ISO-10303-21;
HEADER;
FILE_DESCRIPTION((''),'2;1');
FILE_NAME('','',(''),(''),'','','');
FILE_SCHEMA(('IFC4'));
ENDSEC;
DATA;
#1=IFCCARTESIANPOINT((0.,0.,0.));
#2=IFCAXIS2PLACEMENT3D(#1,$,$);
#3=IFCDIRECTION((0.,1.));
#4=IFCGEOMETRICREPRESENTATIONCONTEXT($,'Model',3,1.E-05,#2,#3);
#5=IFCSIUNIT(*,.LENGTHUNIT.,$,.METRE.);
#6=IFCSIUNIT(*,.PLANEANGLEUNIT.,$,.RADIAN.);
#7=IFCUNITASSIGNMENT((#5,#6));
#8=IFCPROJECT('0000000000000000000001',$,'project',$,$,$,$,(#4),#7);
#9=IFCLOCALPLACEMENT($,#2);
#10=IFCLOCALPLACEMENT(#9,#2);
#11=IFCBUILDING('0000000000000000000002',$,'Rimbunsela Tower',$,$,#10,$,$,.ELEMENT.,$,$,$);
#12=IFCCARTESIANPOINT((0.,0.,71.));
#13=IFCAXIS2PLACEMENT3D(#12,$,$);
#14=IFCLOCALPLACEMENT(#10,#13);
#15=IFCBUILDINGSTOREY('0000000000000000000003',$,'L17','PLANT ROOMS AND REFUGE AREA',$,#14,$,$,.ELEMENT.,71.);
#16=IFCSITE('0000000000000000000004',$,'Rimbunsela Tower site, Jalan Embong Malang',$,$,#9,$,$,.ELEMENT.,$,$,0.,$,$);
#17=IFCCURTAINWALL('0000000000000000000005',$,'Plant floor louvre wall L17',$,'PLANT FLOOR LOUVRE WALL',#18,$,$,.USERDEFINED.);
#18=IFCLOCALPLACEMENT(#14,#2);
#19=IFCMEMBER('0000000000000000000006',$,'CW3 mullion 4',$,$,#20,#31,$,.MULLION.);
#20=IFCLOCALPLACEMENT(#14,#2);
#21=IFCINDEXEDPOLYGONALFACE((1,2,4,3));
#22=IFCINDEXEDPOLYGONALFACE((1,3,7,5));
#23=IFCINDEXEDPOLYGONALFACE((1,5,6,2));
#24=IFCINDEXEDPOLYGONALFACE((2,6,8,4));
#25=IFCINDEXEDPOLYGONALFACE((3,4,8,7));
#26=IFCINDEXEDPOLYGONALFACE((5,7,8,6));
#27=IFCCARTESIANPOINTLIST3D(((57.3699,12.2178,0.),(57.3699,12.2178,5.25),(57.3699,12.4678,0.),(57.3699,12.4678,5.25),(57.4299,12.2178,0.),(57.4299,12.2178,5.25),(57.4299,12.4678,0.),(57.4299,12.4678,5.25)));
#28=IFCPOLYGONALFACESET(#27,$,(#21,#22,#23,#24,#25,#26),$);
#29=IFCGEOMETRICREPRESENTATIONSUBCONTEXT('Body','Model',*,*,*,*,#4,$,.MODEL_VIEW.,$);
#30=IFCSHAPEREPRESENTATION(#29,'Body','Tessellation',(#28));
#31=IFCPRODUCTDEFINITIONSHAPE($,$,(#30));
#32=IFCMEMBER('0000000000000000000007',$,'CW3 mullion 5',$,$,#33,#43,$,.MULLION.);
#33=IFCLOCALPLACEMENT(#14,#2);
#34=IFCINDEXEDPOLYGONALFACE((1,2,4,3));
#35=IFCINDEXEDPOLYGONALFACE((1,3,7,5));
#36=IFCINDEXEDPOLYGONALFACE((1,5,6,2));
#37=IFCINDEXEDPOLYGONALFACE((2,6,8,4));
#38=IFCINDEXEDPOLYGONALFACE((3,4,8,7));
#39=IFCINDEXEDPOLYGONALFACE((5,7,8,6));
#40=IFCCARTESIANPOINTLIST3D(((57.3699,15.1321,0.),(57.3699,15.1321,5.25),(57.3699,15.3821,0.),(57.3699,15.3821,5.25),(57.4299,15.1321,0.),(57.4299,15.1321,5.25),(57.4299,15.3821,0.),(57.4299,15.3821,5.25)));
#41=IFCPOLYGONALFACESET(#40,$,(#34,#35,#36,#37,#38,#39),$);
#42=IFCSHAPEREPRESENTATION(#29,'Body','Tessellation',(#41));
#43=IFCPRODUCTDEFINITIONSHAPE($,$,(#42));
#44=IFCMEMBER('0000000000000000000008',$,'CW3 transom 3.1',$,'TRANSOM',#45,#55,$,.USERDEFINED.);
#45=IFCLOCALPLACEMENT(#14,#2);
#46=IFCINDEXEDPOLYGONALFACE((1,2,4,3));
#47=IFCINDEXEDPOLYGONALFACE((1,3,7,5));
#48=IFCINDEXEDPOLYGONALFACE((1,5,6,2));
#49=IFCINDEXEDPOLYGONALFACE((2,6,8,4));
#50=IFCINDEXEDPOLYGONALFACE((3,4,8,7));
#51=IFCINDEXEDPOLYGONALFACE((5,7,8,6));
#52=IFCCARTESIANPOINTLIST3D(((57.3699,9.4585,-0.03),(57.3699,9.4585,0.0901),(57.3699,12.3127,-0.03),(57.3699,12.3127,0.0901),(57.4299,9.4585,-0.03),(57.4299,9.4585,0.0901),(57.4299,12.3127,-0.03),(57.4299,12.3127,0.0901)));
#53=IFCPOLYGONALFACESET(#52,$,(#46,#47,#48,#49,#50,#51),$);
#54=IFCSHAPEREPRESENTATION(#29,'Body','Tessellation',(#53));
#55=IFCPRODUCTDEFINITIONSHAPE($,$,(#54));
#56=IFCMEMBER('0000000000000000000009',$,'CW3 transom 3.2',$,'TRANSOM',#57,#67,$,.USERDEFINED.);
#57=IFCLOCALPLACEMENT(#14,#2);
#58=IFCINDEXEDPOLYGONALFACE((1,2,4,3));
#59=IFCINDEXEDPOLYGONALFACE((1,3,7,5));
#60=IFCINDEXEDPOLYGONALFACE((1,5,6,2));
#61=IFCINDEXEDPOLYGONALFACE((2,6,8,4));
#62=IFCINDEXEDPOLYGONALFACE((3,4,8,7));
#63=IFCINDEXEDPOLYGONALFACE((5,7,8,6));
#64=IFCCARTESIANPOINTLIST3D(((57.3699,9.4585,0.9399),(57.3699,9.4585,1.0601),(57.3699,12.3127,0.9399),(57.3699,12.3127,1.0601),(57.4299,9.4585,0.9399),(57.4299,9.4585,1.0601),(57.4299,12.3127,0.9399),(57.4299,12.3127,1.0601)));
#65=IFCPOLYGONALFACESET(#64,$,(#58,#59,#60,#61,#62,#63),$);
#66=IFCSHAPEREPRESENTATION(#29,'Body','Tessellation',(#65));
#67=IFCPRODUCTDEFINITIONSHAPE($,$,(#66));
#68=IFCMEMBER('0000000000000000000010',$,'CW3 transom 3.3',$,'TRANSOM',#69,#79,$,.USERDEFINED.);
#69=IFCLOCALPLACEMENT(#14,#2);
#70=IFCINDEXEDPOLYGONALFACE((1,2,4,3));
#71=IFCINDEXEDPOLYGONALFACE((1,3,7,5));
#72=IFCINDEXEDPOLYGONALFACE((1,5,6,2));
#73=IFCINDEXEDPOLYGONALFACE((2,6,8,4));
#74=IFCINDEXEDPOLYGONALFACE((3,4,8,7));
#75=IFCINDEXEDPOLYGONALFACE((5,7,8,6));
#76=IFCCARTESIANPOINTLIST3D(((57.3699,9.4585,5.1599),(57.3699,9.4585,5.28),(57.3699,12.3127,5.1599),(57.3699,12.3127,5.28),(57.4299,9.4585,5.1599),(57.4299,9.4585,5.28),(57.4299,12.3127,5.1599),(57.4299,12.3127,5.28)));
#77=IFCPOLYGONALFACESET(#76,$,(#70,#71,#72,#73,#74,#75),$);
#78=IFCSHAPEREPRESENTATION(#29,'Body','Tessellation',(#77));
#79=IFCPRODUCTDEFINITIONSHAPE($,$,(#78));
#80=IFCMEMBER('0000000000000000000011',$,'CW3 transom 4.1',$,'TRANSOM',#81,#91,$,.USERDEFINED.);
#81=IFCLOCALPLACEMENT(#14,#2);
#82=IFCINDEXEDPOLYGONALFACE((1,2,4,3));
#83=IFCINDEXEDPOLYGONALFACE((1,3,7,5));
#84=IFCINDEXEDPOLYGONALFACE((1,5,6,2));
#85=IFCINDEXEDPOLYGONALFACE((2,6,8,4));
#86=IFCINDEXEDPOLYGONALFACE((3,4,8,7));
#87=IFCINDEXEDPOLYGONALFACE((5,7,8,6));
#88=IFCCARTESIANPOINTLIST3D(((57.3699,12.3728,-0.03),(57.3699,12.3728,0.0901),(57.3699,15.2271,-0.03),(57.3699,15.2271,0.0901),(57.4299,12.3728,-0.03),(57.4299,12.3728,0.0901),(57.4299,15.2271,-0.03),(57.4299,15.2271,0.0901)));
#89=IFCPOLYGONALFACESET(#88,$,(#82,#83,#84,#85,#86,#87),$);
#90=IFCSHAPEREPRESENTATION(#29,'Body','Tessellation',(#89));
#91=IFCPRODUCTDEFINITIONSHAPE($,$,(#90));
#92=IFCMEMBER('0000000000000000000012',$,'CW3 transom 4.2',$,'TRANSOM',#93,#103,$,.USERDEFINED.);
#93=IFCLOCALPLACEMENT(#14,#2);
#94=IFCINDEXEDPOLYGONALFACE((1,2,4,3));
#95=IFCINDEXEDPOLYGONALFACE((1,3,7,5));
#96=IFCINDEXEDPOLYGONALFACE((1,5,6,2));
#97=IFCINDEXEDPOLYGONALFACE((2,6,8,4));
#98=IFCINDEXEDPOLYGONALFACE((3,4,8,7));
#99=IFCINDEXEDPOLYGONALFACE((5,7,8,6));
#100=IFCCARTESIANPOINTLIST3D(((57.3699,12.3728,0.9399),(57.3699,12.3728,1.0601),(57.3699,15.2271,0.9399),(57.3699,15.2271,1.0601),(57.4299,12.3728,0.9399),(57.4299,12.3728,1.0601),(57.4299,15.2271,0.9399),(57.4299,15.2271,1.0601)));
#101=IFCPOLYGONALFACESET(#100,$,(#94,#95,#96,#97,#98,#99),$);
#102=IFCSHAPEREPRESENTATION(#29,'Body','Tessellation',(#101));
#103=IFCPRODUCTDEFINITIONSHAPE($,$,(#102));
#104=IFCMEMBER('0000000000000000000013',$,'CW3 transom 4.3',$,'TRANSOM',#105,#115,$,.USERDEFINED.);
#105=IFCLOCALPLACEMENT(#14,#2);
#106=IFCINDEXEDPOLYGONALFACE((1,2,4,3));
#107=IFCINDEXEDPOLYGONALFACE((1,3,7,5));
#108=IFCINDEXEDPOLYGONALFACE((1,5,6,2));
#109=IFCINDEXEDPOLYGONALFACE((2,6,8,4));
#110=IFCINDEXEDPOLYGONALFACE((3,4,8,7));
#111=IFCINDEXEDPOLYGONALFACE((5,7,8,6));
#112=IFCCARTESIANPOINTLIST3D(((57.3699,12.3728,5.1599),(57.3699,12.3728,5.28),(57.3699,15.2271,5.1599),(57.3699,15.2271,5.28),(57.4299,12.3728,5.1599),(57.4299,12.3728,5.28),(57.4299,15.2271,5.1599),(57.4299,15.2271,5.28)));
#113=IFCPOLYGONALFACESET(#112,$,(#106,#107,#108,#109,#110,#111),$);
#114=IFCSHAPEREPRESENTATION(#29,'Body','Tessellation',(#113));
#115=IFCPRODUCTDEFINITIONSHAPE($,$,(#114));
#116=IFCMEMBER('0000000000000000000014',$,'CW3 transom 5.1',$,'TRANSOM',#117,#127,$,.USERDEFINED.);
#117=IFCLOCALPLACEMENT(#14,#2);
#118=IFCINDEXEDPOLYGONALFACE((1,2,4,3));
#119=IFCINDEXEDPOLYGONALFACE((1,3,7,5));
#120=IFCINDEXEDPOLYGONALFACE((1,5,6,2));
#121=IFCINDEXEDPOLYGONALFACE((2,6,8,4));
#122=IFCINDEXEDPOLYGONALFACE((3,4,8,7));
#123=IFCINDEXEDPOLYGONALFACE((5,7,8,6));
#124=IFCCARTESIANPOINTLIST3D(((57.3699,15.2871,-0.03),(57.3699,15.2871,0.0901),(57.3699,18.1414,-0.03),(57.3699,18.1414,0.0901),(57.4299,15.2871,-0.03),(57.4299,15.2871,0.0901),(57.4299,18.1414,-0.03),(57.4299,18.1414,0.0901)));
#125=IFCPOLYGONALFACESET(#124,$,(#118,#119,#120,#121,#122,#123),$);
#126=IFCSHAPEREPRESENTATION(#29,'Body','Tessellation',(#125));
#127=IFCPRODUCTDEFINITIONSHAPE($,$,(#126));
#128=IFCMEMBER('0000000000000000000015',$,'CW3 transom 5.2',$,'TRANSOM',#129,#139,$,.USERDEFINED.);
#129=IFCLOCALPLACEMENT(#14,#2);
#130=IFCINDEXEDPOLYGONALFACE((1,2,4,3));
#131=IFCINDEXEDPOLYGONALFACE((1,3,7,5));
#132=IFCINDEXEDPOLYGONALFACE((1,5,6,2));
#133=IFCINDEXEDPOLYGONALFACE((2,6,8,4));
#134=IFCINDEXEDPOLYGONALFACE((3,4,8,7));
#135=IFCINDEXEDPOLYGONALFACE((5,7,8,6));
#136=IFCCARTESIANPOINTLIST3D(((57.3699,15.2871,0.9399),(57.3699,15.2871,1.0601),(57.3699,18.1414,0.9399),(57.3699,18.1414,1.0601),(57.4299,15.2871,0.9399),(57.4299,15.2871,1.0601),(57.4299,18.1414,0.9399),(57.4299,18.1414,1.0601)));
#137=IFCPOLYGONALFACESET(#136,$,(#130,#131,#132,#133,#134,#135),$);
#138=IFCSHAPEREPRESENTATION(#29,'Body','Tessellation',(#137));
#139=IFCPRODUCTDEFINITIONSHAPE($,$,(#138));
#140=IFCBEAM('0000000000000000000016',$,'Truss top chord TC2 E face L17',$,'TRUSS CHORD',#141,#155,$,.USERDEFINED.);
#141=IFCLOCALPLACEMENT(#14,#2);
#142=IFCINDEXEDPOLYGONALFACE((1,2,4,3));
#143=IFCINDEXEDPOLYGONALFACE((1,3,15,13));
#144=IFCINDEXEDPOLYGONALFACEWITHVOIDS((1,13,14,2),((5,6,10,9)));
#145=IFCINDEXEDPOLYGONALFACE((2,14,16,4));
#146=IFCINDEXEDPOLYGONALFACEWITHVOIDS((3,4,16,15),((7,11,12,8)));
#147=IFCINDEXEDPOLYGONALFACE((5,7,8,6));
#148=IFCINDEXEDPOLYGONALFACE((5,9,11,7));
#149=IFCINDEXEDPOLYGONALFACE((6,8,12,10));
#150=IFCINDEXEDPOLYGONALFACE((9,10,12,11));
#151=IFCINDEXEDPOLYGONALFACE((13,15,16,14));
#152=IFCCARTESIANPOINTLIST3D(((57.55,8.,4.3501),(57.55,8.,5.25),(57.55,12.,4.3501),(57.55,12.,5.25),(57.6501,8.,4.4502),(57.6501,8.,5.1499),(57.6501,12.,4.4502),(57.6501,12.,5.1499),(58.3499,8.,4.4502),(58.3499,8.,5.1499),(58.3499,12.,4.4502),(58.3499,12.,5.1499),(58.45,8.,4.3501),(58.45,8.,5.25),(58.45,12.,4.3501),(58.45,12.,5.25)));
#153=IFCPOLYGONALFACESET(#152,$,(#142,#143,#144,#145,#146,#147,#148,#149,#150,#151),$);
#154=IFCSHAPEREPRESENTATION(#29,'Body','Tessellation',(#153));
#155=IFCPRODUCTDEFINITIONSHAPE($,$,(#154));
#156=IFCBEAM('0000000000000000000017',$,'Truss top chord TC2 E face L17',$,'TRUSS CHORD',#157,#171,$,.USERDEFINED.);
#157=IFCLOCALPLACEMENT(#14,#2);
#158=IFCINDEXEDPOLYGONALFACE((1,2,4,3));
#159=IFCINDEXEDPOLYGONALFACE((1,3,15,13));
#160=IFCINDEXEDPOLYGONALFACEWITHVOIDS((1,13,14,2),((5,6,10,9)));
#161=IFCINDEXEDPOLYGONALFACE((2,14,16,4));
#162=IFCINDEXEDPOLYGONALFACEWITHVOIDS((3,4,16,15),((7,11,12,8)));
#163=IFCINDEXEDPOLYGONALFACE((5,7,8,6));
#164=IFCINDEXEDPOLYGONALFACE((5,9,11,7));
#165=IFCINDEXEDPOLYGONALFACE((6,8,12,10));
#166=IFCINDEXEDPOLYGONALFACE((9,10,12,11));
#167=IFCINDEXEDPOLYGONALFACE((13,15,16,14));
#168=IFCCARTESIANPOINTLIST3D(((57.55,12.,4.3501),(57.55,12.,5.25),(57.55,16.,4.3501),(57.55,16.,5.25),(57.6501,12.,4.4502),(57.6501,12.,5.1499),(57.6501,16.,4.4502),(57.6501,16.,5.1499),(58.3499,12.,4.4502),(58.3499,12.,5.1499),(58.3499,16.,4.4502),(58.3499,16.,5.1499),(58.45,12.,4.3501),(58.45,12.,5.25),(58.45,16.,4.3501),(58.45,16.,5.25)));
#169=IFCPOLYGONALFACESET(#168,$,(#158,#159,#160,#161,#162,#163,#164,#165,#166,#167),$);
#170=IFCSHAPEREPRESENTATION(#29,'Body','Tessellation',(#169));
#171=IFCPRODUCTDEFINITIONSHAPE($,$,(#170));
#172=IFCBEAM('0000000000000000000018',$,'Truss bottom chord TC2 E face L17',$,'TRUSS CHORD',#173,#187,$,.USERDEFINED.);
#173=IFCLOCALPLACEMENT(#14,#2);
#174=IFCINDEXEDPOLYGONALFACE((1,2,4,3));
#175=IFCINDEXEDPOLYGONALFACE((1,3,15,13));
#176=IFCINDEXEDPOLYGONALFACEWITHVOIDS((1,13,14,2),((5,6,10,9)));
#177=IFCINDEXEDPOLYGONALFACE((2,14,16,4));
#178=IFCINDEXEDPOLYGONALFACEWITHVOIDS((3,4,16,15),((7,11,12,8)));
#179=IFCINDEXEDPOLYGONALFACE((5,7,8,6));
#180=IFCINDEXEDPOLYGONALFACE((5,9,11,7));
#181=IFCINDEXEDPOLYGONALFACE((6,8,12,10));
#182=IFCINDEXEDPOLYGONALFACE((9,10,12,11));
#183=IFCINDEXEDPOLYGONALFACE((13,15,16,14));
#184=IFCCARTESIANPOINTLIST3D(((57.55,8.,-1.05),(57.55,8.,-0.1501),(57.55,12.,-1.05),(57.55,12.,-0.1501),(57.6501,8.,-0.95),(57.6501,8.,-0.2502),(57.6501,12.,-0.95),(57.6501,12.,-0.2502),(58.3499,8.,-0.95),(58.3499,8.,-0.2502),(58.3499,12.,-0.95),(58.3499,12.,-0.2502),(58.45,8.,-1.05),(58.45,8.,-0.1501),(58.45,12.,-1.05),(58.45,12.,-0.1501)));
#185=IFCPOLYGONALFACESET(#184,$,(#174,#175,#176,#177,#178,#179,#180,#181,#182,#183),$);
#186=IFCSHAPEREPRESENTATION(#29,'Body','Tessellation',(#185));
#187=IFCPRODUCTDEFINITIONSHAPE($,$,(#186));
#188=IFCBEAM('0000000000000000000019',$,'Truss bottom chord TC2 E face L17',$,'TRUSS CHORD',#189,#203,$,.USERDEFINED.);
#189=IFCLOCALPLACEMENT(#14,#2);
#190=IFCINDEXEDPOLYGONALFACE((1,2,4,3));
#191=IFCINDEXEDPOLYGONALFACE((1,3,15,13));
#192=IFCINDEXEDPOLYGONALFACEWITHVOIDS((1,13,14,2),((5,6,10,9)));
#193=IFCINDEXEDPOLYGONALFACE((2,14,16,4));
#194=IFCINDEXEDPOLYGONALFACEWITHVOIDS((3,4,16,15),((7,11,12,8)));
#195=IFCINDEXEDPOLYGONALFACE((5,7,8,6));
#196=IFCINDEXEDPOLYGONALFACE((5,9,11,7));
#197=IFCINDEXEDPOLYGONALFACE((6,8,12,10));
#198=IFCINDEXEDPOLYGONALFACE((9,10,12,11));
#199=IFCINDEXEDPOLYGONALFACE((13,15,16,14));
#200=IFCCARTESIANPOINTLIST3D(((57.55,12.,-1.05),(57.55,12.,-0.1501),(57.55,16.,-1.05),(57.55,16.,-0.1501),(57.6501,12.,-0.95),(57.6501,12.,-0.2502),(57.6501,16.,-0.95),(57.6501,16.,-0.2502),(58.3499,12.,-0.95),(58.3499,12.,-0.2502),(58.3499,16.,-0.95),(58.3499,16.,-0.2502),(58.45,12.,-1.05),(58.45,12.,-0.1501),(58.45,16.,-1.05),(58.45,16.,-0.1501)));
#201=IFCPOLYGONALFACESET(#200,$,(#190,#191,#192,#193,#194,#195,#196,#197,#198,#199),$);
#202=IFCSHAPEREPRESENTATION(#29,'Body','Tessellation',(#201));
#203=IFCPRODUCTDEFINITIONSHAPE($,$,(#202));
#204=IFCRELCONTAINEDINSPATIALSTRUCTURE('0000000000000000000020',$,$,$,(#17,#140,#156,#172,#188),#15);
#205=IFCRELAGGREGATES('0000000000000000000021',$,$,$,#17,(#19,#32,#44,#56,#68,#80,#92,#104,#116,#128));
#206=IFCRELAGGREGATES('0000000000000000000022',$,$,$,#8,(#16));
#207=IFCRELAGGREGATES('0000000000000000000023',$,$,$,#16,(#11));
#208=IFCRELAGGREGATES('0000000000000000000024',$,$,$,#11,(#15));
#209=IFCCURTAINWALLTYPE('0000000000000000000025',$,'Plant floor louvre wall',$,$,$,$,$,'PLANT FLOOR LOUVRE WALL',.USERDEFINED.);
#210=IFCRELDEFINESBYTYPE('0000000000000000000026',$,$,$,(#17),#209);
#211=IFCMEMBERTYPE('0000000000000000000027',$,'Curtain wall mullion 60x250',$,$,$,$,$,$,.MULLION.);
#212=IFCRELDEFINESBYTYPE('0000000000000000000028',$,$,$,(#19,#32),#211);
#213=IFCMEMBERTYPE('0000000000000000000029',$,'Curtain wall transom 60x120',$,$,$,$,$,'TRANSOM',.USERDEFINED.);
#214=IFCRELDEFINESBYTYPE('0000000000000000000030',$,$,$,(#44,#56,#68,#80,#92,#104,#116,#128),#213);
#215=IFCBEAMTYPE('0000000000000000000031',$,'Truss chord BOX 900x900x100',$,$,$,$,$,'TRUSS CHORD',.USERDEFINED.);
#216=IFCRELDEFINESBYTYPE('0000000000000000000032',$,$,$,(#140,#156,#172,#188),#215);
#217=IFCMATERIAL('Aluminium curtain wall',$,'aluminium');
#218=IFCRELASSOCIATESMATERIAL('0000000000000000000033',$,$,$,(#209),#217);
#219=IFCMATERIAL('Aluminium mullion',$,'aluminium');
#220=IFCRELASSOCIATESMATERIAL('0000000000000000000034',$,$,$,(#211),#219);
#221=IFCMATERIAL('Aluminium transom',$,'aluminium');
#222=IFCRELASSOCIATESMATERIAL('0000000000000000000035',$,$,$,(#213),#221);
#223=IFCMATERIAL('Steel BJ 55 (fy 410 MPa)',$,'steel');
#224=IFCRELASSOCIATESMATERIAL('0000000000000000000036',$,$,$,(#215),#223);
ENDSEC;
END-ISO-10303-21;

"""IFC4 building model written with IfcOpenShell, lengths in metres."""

from ifc_helpers import new_model, si_unit, direction, frame, origin, origin_2d, place, context, subcontext, project, spatial, rectangle, hollow_rectangle, extrude, material, material_profile, profile_set, type_object, element, aggregate, save


model = new_model("IFC4")

# Units and contexts
model_context = context("Model", 3, precision=1e-05, world=origin(), true_north=direction((0.0, 1.0)))
body_context = subcontext(model_context, "Body", "Model", "MODEL_VIEW")
ifc_project = project(units=[si_unit("LENGTHUNIT", "METRE"), si_unit("PLANEANGLEUNIT", "RADIAN")], contexts=[model_context])

# Site, building, storey
site_placement = place(None, origin())
site = spatial("IfcSite", under=ifc_project, at=site_placement, Name="Rimbunsela Tower site, Jalan Embong Malang", CompositionType="ELEMENT", RefElevation=0.0)
building_placement = place(site_placement, origin())
building = spatial("IfcBuilding", under=site, at=building_placement, Name="Rimbunsela Tower", CompositionType="ELEMENT")
storey_placement = place(building_placement, frame((0.0, 0.0, 71.0)))
storey = spatial("IfcBuildingStorey", under=building, at=storey_placement, Name="L17", Description="PLANT ROOMS AND REFUGE AREA", CompositionType="ELEMENT", Elevation=71.0)

# Curtain wall, members
ifc_material_1 = material(Name="Aluminium curtain wall", Category="aluminium")
curtain_wall_type = type_object("IfcCurtainWallType", Name="Plant floor louvre wall", ElementType="PLANT FLOOR LOUVRE WALL", PredefinedType="USERDEFINED", material=ifc_material_1)
curtain_wall_placement = place(storey_placement, origin())
curtain_wall = element("IfcCurtainWall", 1, at=curtain_wall_placement, inside=storey, type_object=curtain_wall_type, Name="Plant floor louvre wall L17", ObjectType="PLANT FLOOR LOUVRE WALL", PredefinedType="USERDEFINED")
ifc_material_2 = material(Name="Aluminium mullion", Category="aluminium")
ifc_material_profile_1 = material_profile(ifc_material_2, rectangle(XDim=0.0601, YDim=0.25, at=origin_2d()), Name="Mullion 60x250")
ifc_profile_set_1 = profile_set([ifc_material_profile_1], Name="Aluminium mullion")
member_type_1 = type_object("IfcMemberType", Name="Curtain wall mullion 60x250", PredefinedType="MULLION", material=ifc_profile_set_1)
member_1_placement = place(storey_placement, frame((57.3999, 12.3428, 0.0), z_axis=(0.0, 0.0, 1.0), x_axis=(-1.0, 0.0, 0.0)))
member_1 = element("IfcMember", 2, at=member_1_placement, type_object=member_type_1, Name="CW3 mullion 4", PredefinedType="MULLION", context=body_context, shape_type="SweptSolid", body=[
    extrude(rectangle(XDim=0.0601, YDim=0.25, at=origin_2d()), origin(), (0.0, 0.0, 1.0), 5.25),
])
member_2_placement = place(storey_placement, frame((57.3999, 15.2571, 0.0), z_axis=(0.0, 0.0, 1.0), x_axis=(-1.0, 0.0, 0.0)))
member_2 = element("IfcMember", 3, at=member_2_placement, type_object=member_type_1, Name="CW3 mullion 5", PredefinedType="MULLION", context=body_context, shape_type="SweptSolid", body=[
    extrude(rectangle(XDim=0.0601, YDim=0.25, at=origin_2d()), origin(), (0.0, 0.0, 1.0), 5.25),
])
ifc_material_3 = material(Name="Aluminium transom", Category="aluminium")
ifc_material_profile_2 = material_profile(ifc_material_3, rectangle(XDim=0.0601, YDim=0.1201, at=origin_2d()), Name="Transom 60x120")
ifc_profile_set_2 = profile_set([ifc_material_profile_2], Name="Aluminium transom")
member_type_2 = type_object("IfcMemberType", Name="Curtain wall transom 60x120", ElementType="TRANSOM", PredefinedType="USERDEFINED", material=ifc_profile_set_2)
member_3_placement = place(storey_placement, frame((57.3999, 9.4585, 0.03), z_axis=(0.0, 1.0, 0.0), x_axis=(-1.0, 0.0, 0.0)))
member_3 = element("IfcMember", 4, at=member_3_placement, type_object=member_type_2, Name="CW3 transom 3.1", ObjectType="TRANSOM", PredefinedType="USERDEFINED", context=body_context, shape_type="SweptSolid", body=[
    extrude(rectangle(XDim=0.0601, YDim=0.1201, at=origin_2d()), origin(), (0.0, 0.0, 1.0), 2.8542),
])
member_4_placement = place(storey_placement, frame((57.3999, 9.4585, 1.0), z_axis=(0.0, 1.0, 0.0), x_axis=(-1.0, 0.0, 0.0)))
member_4 = element("IfcMember", 5, at=member_4_placement, type_object=member_type_2, Name="CW3 transom 3.2", ObjectType="TRANSOM", PredefinedType="USERDEFINED", context=body_context, shape_type="SweptSolid", body=[
    extrude(rectangle(XDim=0.0601, YDim=0.1201, at=origin_2d()), origin(), (0.0, 0.0, 1.0), 2.8542),
])
member_5_placement = place(storey_placement, frame((57.3999, 9.4585, 5.22), z_axis=(0.0, 1.0, 0.0), x_axis=(-1.0, 0.0, 0.0)))
member_5 = element("IfcMember", 6, at=member_5_placement, type_object=member_type_2, Name="CW3 transom 3.3", ObjectType="TRANSOM", PredefinedType="USERDEFINED", context=body_context, shape_type="SweptSolid", body=[
    extrude(rectangle(XDim=0.0601, YDim=0.1201, at=origin_2d()), origin(), (0.0, 0.0, 1.0), 2.8542),
])
member_6_placement = place(storey_placement, frame((57.3999, 12.3728, 0.03), z_axis=(0.0, 1.0, 0.0), x_axis=(-1.0, 0.0, 0.0)))
member_6 = element("IfcMember", 7, at=member_6_placement, type_object=member_type_2, Name="CW3 transom 4.1", ObjectType="TRANSOM", PredefinedType="USERDEFINED", context=body_context, shape_type="SweptSolid", body=[
    extrude(rectangle(XDim=0.0601, YDim=0.1201, at=origin_2d()), origin(), (0.0, 0.0, 1.0), 2.8542),
])
member_7_placement = place(storey_placement, frame((57.3999, 12.3728, 1.0), z_axis=(0.0, 1.0, 0.0), x_axis=(-1.0, 0.0, 0.0)))
member_7 = element("IfcMember", 8, at=member_7_placement, type_object=member_type_2, Name="CW3 transom 4.2", ObjectType="TRANSOM", PredefinedType="USERDEFINED", context=body_context, shape_type="SweptSolid", body=[
    extrude(rectangle(XDim=0.0601, YDim=0.1201, at=origin_2d()), origin(), (0.0, 0.0, 1.0), 2.8542),
])
member_8_placement = place(storey_placement, frame((57.3999, 12.3728, 5.22), z_axis=(0.0, 1.0, 0.0), x_axis=(-1.0, 0.0, 0.0)))
member_8 = element("IfcMember", 9, at=member_8_placement, type_object=member_type_2, Name="CW3 transom 4.3", ObjectType="TRANSOM", PredefinedType="USERDEFINED", context=body_context, shape_type="SweptSolid", body=[
    extrude(rectangle(XDim=0.0601, YDim=0.1201, at=origin_2d()), origin(), (0.0, 0.0, 1.0), 2.8542),
])
member_9_placement = place(storey_placement, frame((57.3999, 15.2871, 0.03), z_axis=(0.0, 1.0, 0.0), x_axis=(-1.0, 0.0, 0.0)))
member_9 = element("IfcMember", 10, at=member_9_placement, type_object=member_type_2, Name="CW3 transom 5.1", ObjectType="TRANSOM", PredefinedType="USERDEFINED", context=body_context, shape_type="SweptSolid", body=[
    extrude(rectangle(XDim=0.0601, YDim=0.1201, at=origin_2d()), origin(), (0.0, 0.0, 1.0), 2.8542),
])
member_10_placement = place(storey_placement, frame((57.3999, 15.2871, 1.0), z_axis=(0.0, 1.0, 0.0), x_axis=(-1.0, 0.0, 0.0)))
member_10 = element("IfcMember", 11, at=member_10_placement, type_object=member_type_2, Name="CW3 transom 5.2", ObjectType="TRANSOM", PredefinedType="USERDEFINED", context=body_context, shape_type="SweptSolid", body=[
    extrude(rectangle(XDim=0.0601, YDim=0.1201, at=origin_2d()), origin(), (0.0, 0.0, 1.0), 2.8542),
])

# Beams
ifc_material_4 = material(Name="Steel BJ 55 (fy 410 MPa)", Category="steel")
ifc_material_profile_3 = material_profile(ifc_material_4, hollow_rectangle(XDim=0.8999, YDim=0.8999, WallThickness=0.1001, at=origin_2d()), Name="BOX 900x900x100")
ifc_profile_set_3 = profile_set([ifc_material_profile_3], Name="Steel BJ 55 (fy 410 MPa)")
beam_type = type_object("IfcBeamType", Name="Truss chord BOX 900x900x100", ElementType="TRUSS CHORD", PredefinedType="USERDEFINED", material=ifc_profile_set_3)
for number, where, z_axis, x_axis, name in (
    (12, (58.0, 8.0, 4.8), (0.0, 1.0, 0.0), (-1.0, 0.0, 0.0), "Truss top chord TC2 E face L17"),
    (13, (58.0, 12.0, 4.8), (0.0, 1.0, 0.0), (-1.0, 0.0, 0.0), "Truss top chord TC2 E face L17"),
    (14, (58.0, 8.0, -0.6001), (0.0, 1.0, 0.0), (-1.0, 0.0, 0.0), "Truss bottom chord TC2 E face L17"),
    (15, (58.0, 12.0, -0.6001), (0.0, 1.0, 0.0), (-1.0, 0.0, 0.0), "Truss bottom chord TC2 E face L17"),
):
    element("IfcBeam", number, at=place(storey_placement, frame(where, z_axis=z_axis, x_axis=x_axis)), inside=storey, type_object=beam_type, Name=name, ObjectType="TRUSS CHORD", PredefinedType="USERDEFINED", context=body_context, shape_type="SweptSolid", body=[
        extrude(hollow_rectangle(XDim=0.8999, YDim=0.8999, WallThickness=0.1001, at=origin_2d()), origin(), (0.0, 0.0, 1.0), 4.0),
    ])

aggregate(curtain_wall, [member_1, member_2, member_3, member_4, member_5, member_6, member_7, member_8, member_9, member_10])

save(model, "model.ifc")
